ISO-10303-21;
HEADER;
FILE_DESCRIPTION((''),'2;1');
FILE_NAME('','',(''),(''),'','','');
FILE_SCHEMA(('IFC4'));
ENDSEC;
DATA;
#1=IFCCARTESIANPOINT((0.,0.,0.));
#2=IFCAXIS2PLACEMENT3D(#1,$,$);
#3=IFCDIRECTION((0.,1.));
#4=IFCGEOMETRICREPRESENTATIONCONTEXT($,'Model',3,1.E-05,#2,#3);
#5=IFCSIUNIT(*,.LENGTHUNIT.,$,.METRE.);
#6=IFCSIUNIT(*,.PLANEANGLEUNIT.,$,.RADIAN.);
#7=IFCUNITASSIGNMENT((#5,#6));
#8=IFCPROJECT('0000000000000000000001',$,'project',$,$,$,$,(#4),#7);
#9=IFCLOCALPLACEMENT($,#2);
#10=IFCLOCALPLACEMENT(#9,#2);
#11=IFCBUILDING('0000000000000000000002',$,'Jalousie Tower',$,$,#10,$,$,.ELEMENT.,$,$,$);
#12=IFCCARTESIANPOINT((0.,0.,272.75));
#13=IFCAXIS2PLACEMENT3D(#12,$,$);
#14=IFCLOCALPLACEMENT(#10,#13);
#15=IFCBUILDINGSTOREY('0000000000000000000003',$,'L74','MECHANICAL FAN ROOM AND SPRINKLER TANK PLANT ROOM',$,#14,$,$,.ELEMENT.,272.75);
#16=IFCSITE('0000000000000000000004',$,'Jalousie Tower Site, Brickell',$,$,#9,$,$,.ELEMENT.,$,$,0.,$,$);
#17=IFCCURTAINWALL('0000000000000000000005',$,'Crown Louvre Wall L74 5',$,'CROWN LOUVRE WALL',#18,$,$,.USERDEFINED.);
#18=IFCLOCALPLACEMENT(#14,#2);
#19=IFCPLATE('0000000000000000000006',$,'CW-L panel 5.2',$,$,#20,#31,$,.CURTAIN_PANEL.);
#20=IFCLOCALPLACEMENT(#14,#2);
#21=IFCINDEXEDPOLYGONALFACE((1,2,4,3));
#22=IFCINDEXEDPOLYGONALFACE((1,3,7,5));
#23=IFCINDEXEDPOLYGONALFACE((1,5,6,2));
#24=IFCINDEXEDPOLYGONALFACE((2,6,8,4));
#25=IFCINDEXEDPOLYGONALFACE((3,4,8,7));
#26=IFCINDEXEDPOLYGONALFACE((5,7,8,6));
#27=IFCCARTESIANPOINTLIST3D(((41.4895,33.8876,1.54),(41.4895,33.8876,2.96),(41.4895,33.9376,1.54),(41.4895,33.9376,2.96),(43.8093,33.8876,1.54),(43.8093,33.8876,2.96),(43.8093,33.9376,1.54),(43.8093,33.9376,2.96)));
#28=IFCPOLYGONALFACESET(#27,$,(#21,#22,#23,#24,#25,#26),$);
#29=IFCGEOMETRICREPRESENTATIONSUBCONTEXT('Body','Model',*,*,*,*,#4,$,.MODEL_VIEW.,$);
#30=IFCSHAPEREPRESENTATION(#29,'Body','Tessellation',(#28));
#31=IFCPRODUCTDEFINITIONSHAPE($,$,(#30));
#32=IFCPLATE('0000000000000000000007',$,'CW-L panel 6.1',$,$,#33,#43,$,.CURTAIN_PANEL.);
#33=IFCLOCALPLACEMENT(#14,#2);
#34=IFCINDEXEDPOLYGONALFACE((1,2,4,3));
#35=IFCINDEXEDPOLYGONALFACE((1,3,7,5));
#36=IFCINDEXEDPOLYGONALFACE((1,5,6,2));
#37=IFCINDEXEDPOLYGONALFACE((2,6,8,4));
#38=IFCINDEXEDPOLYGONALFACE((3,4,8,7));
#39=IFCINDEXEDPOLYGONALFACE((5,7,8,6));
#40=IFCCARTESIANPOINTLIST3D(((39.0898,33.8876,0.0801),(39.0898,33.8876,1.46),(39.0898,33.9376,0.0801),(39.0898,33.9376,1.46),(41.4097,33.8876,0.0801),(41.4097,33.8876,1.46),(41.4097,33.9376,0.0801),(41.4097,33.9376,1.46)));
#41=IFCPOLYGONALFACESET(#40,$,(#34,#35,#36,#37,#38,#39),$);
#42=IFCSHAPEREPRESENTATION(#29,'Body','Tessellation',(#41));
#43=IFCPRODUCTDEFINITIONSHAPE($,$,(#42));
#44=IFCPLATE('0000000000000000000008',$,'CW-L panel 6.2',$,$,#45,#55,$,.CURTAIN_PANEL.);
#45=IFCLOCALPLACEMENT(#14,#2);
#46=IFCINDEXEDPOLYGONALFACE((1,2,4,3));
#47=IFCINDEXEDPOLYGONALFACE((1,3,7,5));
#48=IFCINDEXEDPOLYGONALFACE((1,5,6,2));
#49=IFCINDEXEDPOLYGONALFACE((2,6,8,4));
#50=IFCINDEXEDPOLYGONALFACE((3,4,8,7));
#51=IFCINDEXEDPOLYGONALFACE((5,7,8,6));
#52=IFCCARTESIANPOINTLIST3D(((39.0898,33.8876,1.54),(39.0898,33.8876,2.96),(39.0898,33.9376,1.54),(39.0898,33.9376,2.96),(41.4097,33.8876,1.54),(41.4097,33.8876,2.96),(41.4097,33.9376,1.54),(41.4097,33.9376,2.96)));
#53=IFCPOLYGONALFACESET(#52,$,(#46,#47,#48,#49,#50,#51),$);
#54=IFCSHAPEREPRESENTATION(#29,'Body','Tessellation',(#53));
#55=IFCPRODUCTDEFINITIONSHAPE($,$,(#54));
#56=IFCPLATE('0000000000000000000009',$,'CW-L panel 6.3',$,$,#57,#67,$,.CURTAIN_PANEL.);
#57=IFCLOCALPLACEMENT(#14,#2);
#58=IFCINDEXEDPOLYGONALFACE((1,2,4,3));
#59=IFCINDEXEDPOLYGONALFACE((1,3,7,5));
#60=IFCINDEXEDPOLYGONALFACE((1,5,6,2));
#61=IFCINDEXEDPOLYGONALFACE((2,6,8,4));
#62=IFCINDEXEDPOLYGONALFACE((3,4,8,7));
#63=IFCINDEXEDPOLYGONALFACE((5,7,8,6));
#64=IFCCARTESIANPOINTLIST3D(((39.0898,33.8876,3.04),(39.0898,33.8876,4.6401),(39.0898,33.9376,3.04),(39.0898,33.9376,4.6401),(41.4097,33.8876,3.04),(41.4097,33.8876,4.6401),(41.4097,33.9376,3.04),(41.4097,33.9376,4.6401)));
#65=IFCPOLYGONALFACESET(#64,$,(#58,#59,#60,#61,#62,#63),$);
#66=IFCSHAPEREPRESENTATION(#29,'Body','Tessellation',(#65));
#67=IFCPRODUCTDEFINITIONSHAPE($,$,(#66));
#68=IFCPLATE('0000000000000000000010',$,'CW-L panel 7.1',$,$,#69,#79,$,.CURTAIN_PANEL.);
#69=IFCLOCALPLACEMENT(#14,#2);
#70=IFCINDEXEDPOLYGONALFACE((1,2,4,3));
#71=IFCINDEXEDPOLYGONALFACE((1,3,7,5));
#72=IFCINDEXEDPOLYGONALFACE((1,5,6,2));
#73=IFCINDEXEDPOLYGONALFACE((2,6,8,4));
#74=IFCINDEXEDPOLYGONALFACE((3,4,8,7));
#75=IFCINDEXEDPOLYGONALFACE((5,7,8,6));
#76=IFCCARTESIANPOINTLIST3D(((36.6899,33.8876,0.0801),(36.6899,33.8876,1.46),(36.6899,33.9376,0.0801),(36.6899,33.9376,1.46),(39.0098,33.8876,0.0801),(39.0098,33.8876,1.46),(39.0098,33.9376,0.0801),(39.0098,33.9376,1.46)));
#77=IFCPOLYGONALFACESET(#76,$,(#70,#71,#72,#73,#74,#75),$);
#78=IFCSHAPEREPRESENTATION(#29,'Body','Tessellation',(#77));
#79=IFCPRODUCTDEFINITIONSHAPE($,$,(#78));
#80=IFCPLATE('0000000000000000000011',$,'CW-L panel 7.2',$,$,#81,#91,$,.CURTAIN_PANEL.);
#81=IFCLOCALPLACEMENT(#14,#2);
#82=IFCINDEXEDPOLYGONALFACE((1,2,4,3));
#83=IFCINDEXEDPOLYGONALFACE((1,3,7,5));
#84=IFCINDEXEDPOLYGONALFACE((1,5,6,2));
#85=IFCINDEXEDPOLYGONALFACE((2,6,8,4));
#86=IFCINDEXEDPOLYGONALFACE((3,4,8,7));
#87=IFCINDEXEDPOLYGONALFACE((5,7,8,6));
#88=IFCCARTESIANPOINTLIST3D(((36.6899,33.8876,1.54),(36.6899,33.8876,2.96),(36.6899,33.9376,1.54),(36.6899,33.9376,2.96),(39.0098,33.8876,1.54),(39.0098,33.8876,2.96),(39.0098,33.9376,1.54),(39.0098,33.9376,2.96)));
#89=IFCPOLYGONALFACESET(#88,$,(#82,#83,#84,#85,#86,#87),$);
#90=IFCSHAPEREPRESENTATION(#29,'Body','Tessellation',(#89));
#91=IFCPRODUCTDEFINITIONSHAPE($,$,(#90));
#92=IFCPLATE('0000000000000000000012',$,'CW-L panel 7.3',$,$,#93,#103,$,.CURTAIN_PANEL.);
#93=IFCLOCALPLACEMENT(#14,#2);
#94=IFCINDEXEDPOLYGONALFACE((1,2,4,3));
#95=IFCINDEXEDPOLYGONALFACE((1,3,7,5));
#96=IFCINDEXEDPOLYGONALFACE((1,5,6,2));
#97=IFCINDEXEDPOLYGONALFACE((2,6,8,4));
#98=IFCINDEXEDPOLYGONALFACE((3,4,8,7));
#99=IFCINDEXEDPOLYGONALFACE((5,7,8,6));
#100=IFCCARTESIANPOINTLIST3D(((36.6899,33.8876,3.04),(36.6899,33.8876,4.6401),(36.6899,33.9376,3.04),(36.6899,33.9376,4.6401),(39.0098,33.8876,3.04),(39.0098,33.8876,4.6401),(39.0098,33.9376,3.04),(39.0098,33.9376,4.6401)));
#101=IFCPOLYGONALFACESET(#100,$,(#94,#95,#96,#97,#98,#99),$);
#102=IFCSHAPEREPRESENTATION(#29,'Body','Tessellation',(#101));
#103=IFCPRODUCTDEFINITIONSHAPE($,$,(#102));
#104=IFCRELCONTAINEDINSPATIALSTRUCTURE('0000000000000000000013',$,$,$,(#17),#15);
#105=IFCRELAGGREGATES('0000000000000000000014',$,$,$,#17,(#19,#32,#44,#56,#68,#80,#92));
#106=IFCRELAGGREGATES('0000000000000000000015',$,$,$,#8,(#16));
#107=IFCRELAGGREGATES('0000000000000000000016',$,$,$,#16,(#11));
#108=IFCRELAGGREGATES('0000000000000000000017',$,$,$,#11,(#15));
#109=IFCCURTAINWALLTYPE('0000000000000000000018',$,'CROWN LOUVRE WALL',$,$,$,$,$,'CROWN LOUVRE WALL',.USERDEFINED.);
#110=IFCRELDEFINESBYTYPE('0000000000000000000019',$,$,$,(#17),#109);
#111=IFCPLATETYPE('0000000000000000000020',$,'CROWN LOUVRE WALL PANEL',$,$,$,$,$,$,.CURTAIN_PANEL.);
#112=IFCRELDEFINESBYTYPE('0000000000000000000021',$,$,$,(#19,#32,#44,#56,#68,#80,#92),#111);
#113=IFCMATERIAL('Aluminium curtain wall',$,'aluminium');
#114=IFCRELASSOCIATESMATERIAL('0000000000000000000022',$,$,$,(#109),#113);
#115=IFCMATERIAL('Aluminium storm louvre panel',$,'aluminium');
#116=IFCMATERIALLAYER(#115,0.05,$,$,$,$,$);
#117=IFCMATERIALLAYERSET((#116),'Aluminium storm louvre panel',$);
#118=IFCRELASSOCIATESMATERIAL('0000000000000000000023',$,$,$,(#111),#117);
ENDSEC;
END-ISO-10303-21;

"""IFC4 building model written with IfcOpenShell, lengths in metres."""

from ifc_helpers import new_model, si_unit, direction, frame, origin, origin_2d, place, context, subcontext, project, spatial, rectangle, extrude, material, layer, layer_set, type_object, element, aggregate, save


model = new_model("IFC4")

# Units and contexts
model_context = context("Model", 3, precision=1e-05, world=origin(), true_north=direction((0.0, 1.0)))
body_context = subcontext(model_context, "Body", "Model", "MODEL_VIEW")
ifc_project = project(units=[si_unit("LENGTHUNIT", "METRE"), si_unit("PLANEANGLEUNIT", "RADIAN")], contexts=[model_context])

# Site, building, storey
site_placement = place(None, origin())
site = spatial("IfcSite", under=ifc_project, at=site_placement, Name="Jalousie Tower Site, Brickell", CompositionType="ELEMENT", RefElevation=0.0)
building_placement = place(site_placement, origin())
building = spatial("IfcBuilding", under=site, at=building_placement, Name="Jalousie Tower", CompositionType="ELEMENT")
storey_placement = place(building_placement, frame((0.0, 0.0, 272.75)))
storey = spatial("IfcBuildingStorey", under=building, at=storey_placement, Name="L74", Description="MECHANICAL FAN ROOM AND SPRINKLER TANK PLANT ROOM", CompositionType="ELEMENT", Elevation=272.75)

# Curtain wall, plates
ifc_material_1 = material(Name="Aluminium curtain wall", Category="aluminium")
curtain_wall_type = type_object("IfcCurtainWallType", Name="CROWN LOUVRE WALL", ElementType="CROWN LOUVRE WALL", PredefinedType="USERDEFINED", material=ifc_material_1)
curtain_wall_placement = place(storey_placement, origin())
curtain_wall = element("IfcCurtainWall", 1, at=curtain_wall_placement, inside=storey, type_object=curtain_wall_type, Name="Crown Louvre Wall L74 5", ObjectType="CROWN LOUVRE WALL", PredefinedType="USERDEFINED")
ifc_material_2 = material(Name="Aluminium storm louvre panel", Category="aluminium")
ifc_layer = layer(ifc_material_2, 0.05)
ifc_layer_set = layer_set([ifc_layer], Name="Aluminium storm louvre panel")
plate_type = type_object("IfcPlateType", Name="CROWN LOUVRE WALL PANEL", PredefinedType="CURTAIN_PANEL", material=ifc_layer_set)
plate_1_placement = place(storey_placement, frame((42.6494, 33.9126, 1.54), z_axis=(0.0, 0.0, 1.0), x_axis=(-1.0, 0.0, 0.0)))
plate_1 = element("IfcPlate", 2, at=plate_1_placement, type_object=plate_type, Name="CW-L panel 5.2", PredefinedType="CURTAIN_PANEL", context=body_context, shape_type="SweptSolid", body=[
    extrude(rectangle(XDim=2.3198, YDim=0.05, at=origin_2d()), origin(), (0.0, 0.0, 1.0), 1.4199),
])
plate_2_placement = place(storey_placement, frame((40.2498, 33.9126, 0.0801), z_axis=(0.0, 0.0, 1.0), x_axis=(-1.0, 0.0, 0.0)))
plate_2 = element("IfcPlate", 3, at=plate_2_placement, type_object=plate_type, Name="CW-L panel 6.1", PredefinedType="CURTAIN_PANEL", context=body_context, shape_type="SweptSolid", body=[
    extrude(rectangle(XDim=2.3198, YDim=0.05, at=origin_2d()), origin(), (0.0, 0.0, 1.0), 1.3799),
])
plate_3_placement = place(storey_placement, frame((40.2498, 33.9126, 1.54), z_axis=(0.0, 0.0, 1.0), x_axis=(-1.0, 0.0, 0.0)))
plate_3 = element("IfcPlate", 4, at=plate_3_placement, type_object=plate_type, Name="CW-L panel 6.2", PredefinedType="CURTAIN_PANEL", context=body_context, shape_type="SweptSolid", body=[
    extrude(rectangle(XDim=2.3198, YDim=0.05, at=origin_2d()), origin(), (0.0, 0.0, 1.0), 1.4199),
])
plate_4_placement = place(storey_placement, frame((40.2498, 33.9126, 3.04), z_axis=(0.0, 0.0, 1.0), x_axis=(-1.0, 0.0, 0.0)))
plate_4 = element("IfcPlate", 5, at=plate_4_placement, type_object=plate_type, Name="CW-L panel 6.3", PredefinedType="CURTAIN_PANEL", context=body_context, shape_type="SweptSolid", body=[
    extrude(rectangle(XDim=2.3198, YDim=0.05, at=origin_2d()), origin(), (0.0, 0.0, 1.0), 1.6001),
])
plate_5_placement = place(storey_placement, frame((37.8499, 33.9126, 0.0801), z_axis=(0.0, 0.0, 1.0), x_axis=(-1.0, 0.0, 0.0)))
plate_5 = element("IfcPlate", 6, at=plate_5_placement, type_object=plate_type, Name="CW-L panel 7.1", PredefinedType="CURTAIN_PANEL", context=body_context, shape_type="SweptSolid", body=[
    extrude(rectangle(XDim=2.3198, YDim=0.05, at=origin_2d()), origin(), (0.0, 0.0, 1.0), 1.3799),
])
plate_6_placement = place(storey_placement, frame((37.8499, 33.9126, 1.54), z_axis=(0.0, 0.0, 1.0), x_axis=(-1.0, 0.0, 0.0)))
plate_6 = element("IfcPlate", 7, at=plate_6_placement, type_object=plate_type, Name="CW-L panel 7.2", PredefinedType="CURTAIN_PANEL", context=body_context, shape_type="SweptSolid", body=[
    extrude(rectangle(XDim=2.3198, YDim=0.05, at=origin_2d()), origin(), (0.0, 0.0, 1.0), 1.4199),
])
plate_7_placement = place(storey_placement, frame((37.8499, 33.9126, 3.04), z_axis=(0.0, 0.0, 1.0), x_axis=(-1.0, 0.0, 0.0)))
plate_7 = element("IfcPlate", 8, at=plate_7_placement, type_object=plate_type, Name="CW-L panel 7.3", PredefinedType="CURTAIN_PANEL", context=body_context, shape_type="SweptSolid", body=[
    extrude(rectangle(XDim=2.3198, YDim=0.05, at=origin_2d()), origin(), (0.0, 0.0, 1.0), 1.6001),
])
aggregate(curtain_wall, [plate_1, plate_2, plate_3, plate_4, plate_5, plate_6, plate_7])

save(model, "model.ifc")
